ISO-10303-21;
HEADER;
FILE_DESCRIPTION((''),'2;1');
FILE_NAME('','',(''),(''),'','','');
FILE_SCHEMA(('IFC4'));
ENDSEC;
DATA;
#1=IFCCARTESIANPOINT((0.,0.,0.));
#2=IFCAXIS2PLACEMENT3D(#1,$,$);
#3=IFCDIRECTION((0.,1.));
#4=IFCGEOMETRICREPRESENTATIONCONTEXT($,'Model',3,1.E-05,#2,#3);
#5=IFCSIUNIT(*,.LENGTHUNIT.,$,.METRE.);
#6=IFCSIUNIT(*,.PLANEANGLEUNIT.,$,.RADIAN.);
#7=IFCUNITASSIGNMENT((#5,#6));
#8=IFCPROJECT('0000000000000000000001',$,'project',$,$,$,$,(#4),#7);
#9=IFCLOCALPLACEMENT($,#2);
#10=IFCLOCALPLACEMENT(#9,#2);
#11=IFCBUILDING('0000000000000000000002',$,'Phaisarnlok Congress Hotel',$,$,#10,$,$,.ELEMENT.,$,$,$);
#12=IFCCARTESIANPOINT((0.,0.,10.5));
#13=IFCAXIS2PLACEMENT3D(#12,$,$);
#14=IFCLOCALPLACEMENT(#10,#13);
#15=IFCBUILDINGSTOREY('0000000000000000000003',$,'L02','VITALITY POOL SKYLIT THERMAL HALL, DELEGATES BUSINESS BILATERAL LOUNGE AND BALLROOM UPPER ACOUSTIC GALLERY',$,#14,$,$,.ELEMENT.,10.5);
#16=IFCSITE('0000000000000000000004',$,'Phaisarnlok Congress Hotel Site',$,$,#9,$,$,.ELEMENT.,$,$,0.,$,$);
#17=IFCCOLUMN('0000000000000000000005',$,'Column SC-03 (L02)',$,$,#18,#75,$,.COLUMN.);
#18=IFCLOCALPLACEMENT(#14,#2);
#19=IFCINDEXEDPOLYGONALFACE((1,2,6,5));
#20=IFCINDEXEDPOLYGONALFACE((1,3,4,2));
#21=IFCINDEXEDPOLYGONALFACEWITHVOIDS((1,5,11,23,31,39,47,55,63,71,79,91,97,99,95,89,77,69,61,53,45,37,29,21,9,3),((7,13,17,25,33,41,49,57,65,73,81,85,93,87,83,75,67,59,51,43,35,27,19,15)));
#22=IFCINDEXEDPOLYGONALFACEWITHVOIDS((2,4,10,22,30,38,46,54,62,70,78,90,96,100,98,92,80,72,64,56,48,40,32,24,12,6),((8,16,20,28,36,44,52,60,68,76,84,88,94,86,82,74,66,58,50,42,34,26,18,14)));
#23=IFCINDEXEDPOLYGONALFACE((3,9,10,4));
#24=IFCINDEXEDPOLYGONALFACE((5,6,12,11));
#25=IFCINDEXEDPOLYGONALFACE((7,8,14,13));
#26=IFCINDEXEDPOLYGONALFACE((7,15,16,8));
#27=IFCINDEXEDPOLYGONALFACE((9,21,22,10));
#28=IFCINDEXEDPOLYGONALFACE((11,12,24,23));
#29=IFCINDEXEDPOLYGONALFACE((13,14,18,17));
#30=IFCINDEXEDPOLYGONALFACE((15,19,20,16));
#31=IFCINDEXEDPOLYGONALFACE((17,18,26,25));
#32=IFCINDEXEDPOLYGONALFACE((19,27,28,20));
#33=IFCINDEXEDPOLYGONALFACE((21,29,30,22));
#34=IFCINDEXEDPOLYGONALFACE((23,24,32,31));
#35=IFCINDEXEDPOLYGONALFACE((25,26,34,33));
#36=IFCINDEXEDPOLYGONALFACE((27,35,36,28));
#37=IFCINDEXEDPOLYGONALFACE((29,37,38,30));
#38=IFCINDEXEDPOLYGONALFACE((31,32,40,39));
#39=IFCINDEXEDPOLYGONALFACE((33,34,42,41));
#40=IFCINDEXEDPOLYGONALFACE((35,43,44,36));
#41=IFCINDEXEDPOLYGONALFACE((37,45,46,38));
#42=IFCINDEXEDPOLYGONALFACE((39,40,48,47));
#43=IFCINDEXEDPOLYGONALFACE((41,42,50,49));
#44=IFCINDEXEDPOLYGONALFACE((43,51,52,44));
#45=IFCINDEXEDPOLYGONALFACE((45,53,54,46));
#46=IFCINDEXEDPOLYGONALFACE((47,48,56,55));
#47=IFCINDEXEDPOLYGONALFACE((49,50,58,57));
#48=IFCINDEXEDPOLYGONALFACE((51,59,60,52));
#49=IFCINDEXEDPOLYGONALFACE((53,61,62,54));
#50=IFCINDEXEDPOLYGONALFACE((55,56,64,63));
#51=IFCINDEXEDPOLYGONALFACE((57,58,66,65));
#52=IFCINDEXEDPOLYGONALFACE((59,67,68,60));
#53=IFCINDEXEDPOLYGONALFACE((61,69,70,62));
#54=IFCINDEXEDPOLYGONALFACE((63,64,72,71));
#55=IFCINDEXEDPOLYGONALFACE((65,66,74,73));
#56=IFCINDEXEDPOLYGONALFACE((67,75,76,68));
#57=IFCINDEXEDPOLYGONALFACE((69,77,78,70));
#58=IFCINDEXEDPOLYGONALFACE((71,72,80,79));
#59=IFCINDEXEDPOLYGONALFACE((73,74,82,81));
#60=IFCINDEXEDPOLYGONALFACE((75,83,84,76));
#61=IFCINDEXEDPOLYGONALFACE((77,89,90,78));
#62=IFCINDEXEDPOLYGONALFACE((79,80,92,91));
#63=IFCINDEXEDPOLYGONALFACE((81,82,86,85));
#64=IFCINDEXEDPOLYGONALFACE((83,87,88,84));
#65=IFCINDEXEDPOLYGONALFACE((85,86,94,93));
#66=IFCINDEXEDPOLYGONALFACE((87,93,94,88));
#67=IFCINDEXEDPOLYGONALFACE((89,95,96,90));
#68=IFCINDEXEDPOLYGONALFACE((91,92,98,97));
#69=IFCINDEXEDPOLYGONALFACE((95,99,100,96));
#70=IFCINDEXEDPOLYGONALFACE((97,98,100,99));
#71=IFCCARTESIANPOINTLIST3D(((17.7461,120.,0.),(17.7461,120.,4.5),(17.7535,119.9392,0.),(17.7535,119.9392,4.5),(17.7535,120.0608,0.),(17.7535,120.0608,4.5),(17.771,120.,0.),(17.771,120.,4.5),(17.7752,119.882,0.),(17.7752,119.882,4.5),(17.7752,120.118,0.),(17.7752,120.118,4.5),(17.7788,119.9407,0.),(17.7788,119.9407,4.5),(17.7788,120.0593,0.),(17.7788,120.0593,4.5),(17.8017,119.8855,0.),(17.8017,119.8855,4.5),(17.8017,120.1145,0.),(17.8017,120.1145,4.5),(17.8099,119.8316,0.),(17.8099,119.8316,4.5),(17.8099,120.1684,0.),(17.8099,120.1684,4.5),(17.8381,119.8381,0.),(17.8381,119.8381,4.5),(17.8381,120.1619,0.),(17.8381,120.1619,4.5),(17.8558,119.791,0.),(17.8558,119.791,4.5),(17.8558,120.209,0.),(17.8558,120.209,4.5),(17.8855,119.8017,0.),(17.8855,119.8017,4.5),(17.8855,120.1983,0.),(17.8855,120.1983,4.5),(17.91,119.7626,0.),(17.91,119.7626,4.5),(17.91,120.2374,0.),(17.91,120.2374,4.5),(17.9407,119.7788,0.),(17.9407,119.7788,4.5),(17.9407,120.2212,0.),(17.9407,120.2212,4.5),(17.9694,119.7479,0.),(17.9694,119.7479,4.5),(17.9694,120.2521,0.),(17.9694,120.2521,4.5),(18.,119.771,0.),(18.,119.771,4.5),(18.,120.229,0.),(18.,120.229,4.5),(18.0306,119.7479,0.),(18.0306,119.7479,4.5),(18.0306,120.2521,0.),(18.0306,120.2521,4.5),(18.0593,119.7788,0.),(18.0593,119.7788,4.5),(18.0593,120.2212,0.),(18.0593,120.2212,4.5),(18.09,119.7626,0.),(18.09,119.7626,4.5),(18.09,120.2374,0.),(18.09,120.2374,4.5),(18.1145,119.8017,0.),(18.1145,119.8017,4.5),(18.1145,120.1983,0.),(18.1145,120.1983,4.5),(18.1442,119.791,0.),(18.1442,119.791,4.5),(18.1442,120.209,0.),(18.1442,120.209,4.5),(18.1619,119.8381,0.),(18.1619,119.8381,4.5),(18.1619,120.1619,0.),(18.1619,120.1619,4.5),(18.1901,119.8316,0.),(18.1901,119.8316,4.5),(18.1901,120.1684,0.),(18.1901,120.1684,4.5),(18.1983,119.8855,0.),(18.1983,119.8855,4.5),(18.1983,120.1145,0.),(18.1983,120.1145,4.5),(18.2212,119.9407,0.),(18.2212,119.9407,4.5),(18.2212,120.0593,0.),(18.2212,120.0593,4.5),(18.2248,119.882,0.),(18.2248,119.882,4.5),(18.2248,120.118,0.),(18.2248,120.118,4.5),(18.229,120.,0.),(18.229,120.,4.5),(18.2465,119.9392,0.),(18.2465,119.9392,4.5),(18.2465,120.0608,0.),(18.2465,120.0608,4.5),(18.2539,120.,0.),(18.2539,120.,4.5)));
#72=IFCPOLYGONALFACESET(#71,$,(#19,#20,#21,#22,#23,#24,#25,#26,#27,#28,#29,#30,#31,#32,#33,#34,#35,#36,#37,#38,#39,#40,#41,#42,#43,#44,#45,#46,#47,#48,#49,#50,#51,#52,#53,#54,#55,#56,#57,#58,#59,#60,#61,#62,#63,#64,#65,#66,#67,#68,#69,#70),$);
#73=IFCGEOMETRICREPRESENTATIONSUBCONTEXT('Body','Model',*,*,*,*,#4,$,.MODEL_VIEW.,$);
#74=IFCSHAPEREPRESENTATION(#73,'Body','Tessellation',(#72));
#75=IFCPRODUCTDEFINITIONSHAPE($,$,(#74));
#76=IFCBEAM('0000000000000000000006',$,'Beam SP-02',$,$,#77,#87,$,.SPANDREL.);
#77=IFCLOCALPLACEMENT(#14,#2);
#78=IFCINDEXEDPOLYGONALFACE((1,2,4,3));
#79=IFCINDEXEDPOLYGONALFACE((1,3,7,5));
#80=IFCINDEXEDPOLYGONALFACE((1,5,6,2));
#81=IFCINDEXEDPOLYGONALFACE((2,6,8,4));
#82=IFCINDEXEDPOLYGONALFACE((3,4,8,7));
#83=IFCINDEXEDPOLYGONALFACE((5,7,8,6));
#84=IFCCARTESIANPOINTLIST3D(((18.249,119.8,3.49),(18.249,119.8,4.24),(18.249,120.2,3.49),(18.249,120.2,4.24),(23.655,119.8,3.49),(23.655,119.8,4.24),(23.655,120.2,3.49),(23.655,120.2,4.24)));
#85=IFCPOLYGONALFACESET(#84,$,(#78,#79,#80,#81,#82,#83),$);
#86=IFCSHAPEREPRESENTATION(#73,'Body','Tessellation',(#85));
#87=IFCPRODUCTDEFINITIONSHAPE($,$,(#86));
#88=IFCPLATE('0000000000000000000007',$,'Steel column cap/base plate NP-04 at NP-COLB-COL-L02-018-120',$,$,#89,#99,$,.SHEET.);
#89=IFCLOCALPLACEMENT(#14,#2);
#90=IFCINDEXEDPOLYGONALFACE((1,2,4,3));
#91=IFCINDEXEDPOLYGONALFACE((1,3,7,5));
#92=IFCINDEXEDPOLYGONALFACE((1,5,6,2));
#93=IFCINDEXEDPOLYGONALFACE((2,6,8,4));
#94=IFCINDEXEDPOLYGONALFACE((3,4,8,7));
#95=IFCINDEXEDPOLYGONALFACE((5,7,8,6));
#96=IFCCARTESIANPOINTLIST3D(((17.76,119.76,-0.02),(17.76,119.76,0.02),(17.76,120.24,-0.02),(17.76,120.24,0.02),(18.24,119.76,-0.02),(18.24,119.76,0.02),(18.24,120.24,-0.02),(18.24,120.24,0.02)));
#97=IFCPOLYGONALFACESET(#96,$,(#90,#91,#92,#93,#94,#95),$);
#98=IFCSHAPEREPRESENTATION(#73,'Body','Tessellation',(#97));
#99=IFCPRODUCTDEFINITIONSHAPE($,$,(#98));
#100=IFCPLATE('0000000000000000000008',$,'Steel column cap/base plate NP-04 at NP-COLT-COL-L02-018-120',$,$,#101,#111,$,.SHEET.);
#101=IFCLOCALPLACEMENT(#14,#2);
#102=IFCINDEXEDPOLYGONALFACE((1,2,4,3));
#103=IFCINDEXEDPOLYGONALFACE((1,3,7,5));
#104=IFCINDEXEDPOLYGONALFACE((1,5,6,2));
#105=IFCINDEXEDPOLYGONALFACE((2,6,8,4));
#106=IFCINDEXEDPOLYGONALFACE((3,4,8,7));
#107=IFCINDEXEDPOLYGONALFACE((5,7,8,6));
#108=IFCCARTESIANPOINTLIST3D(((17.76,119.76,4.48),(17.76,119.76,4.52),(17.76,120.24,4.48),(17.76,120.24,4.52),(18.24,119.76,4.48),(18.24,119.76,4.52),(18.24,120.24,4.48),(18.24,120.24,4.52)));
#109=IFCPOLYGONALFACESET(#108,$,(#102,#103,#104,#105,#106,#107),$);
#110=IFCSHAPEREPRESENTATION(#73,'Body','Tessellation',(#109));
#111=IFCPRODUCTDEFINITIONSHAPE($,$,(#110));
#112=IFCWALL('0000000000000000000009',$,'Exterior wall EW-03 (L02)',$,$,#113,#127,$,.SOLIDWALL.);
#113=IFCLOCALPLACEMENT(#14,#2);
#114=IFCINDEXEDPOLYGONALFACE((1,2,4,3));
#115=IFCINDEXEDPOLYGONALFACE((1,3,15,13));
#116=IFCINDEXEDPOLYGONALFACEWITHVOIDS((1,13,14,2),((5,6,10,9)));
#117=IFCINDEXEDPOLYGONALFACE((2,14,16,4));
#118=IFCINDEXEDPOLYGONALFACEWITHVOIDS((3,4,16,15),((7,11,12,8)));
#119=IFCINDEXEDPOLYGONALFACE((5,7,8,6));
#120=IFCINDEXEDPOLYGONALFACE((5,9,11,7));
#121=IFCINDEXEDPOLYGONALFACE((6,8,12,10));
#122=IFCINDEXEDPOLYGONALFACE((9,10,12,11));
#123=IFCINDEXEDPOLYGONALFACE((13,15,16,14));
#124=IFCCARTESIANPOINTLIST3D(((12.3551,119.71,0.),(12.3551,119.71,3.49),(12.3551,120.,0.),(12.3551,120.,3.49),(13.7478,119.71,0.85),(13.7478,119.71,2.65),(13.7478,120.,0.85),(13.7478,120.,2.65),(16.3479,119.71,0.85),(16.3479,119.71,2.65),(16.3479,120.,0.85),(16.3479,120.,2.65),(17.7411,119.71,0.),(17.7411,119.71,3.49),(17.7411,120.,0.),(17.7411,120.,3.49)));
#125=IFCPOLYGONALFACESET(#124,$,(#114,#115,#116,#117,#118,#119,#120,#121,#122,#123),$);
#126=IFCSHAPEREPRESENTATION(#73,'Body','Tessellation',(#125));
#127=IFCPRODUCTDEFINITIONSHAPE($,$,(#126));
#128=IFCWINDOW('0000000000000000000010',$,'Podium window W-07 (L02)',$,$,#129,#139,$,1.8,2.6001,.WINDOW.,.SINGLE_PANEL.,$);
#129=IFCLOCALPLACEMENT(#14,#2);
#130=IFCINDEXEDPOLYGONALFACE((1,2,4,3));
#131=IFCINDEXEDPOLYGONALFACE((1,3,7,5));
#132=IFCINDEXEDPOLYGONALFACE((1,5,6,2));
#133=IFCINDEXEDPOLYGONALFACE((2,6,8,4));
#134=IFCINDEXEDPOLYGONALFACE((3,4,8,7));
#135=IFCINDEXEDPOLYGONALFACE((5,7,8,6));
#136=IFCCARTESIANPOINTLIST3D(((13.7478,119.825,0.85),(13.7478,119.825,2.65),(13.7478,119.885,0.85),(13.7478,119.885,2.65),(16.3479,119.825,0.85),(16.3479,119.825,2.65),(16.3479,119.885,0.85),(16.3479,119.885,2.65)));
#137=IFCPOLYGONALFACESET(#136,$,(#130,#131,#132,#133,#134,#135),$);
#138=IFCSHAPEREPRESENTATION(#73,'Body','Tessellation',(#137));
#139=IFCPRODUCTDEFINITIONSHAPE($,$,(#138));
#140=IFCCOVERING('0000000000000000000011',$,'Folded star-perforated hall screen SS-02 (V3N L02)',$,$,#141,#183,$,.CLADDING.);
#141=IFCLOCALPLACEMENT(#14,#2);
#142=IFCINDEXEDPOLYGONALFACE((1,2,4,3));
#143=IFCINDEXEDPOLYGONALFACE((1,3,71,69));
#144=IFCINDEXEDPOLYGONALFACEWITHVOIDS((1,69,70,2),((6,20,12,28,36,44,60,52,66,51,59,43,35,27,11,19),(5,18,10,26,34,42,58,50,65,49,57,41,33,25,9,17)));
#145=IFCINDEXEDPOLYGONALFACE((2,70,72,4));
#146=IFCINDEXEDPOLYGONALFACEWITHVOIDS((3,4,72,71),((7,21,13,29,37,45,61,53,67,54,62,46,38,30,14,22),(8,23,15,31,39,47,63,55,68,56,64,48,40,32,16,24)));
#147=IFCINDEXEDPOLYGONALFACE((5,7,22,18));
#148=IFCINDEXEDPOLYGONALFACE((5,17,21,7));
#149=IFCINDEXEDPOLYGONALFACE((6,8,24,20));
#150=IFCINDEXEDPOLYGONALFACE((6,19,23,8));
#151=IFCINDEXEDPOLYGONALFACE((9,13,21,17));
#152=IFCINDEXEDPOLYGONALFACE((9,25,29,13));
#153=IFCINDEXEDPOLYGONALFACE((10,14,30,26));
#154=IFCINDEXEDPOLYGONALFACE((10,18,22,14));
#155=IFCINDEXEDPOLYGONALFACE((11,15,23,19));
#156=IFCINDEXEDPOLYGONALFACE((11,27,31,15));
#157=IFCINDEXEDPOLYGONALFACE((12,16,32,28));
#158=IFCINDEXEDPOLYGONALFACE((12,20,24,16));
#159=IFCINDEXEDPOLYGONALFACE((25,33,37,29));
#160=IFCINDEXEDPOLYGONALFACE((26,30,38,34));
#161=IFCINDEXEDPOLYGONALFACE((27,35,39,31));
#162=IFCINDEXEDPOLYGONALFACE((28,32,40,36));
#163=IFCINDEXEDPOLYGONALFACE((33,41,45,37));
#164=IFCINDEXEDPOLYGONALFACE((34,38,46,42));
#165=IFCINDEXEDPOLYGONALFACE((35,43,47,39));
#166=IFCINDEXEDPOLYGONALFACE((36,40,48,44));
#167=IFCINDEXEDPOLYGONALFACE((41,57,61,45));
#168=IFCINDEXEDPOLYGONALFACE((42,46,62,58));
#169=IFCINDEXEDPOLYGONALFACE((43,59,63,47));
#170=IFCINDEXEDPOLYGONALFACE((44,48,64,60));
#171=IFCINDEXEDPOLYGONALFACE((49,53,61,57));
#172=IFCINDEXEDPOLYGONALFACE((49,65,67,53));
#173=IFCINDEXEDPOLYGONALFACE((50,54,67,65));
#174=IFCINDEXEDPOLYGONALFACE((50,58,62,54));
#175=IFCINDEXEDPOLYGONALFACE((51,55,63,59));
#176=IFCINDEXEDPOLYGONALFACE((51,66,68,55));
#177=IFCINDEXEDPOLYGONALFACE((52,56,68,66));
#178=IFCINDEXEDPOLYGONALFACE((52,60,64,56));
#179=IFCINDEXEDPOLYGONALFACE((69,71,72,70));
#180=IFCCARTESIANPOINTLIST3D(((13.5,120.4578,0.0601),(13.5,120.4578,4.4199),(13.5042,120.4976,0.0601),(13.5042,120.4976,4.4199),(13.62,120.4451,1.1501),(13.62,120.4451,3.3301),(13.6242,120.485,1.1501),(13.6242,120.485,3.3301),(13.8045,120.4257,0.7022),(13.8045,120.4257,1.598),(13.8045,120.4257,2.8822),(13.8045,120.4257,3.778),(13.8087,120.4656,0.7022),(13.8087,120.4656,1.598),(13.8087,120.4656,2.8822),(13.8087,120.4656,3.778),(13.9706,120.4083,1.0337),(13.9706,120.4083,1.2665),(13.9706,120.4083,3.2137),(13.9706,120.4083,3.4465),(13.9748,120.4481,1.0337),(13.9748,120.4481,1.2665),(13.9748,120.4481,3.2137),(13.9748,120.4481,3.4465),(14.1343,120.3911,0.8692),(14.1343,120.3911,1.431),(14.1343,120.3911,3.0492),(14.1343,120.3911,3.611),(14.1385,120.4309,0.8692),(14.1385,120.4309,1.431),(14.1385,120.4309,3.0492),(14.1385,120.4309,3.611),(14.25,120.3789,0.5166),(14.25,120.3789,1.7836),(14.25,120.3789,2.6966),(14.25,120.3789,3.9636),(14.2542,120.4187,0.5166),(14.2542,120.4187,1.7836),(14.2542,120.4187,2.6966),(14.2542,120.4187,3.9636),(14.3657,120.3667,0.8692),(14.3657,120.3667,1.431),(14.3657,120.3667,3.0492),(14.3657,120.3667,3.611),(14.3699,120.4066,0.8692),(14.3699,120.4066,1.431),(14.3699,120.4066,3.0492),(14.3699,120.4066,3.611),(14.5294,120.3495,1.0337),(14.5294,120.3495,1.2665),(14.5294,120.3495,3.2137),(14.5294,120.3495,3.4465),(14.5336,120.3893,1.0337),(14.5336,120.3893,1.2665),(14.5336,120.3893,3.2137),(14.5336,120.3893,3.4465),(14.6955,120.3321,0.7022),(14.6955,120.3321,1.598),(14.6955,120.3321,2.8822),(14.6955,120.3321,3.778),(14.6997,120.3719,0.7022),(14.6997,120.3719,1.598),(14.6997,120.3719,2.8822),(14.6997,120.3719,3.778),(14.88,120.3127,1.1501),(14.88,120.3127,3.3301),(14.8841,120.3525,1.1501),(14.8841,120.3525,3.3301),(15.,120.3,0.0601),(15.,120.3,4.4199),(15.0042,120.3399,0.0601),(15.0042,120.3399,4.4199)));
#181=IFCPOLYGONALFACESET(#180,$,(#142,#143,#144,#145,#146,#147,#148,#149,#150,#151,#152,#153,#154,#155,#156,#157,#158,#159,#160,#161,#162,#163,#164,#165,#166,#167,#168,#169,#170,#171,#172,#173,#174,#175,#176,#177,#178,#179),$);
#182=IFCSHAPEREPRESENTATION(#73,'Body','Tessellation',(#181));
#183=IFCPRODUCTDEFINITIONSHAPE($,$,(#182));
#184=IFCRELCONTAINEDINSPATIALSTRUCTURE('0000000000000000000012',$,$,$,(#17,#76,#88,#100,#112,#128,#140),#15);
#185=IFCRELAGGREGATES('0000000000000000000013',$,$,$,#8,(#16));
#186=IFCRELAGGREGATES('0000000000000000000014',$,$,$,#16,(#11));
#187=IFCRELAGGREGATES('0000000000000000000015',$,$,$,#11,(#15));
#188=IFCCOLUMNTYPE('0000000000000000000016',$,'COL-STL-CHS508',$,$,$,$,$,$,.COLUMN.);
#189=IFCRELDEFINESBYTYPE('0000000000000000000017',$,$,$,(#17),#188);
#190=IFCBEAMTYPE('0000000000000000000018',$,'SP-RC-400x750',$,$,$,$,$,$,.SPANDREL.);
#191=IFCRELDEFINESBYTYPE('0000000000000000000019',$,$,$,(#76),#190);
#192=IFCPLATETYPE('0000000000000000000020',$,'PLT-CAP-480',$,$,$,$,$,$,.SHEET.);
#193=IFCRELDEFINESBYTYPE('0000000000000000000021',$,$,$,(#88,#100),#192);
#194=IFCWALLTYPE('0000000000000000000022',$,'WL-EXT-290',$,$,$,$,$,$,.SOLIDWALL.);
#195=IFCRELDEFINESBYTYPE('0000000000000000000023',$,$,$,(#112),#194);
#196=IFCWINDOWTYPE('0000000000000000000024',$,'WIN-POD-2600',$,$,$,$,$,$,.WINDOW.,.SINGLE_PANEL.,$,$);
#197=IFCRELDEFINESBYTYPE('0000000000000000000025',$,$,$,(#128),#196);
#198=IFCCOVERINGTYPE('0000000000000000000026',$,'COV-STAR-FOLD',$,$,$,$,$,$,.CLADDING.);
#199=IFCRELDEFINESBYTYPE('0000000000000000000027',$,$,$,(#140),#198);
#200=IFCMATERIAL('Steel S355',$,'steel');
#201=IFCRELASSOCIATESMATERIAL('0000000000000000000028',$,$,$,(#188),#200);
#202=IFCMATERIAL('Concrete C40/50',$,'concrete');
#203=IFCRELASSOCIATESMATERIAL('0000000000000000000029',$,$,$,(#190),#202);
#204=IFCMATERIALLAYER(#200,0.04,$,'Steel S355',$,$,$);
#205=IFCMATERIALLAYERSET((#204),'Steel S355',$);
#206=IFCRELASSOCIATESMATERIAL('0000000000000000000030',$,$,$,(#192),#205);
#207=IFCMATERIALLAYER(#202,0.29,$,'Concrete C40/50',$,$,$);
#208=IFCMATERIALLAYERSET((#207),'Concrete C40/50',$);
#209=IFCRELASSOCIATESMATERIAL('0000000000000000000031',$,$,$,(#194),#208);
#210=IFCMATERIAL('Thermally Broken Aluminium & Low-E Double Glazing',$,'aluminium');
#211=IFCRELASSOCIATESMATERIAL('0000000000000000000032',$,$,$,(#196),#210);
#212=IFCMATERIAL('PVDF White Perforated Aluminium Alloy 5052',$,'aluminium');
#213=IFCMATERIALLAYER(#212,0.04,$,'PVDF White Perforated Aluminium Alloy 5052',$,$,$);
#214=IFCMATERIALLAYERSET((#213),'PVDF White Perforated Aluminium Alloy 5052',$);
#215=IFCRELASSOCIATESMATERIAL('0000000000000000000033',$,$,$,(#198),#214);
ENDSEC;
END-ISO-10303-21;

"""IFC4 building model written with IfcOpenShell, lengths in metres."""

from ifc_helpers import new_model, si_unit, direction, frame, frame_2d, origin, origin_2d, place, context, subcontext, project, spatial, polyline, rectangle, hollow_circle, outline, extrude, material, layer, layer_set, material_profile, profile_set, type_object, element, fill, save


model = new_model("IFC4")

# Units and contexts
model_context = context("Model", 3, precision=1e-05, world=origin(), true_north=direction((0.0, 1.0)))
body_context = subcontext(model_context, "Body", "Model", "MODEL_VIEW")
ifc_project = project(units=[si_unit("LENGTHUNIT", "METRE"), si_unit("PLANEANGLEUNIT", "RADIAN")], contexts=[model_context])

# Site, building, storey
site_placement = place(None, origin())
site = spatial("IfcSite", under=ifc_project, at=site_placement, Name="Phaisarnlok Congress Hotel Site", CompositionType="ELEMENT", RefElevation=0.0)
building_placement = place(site_placement, origin())
building = spatial("IfcBuilding", under=site, at=building_placement, Name="Phaisarnlok Congress Hotel", CompositionType="ELEMENT")
storey_placement = place(building_placement, frame((0.0, 0.0, 10.5)))
storey = spatial("IfcBuildingStorey", under=building, at=storey_placement, Name="L02", Description="VITALITY POOL SKYLIT THERMAL HALL, DELEGATES BUSINESS BILATERAL LOUNGE AND BALLROOM UPPER ACOUSTIC GALLERY", CompositionType="ELEMENT", Elevation=10.5)

# Column
ifc_material_1 = material(Name="Steel S355", Category="steel")
ifc_material_profile_1 = material_profile(ifc_material_1, hollow_circle(Radius=0.2539, WallThickness=0.0249, at=origin_2d()), Name="CHS 508x25")
ifc_profile_set_1 = profile_set([ifc_material_profile_1], Name="Steel S355")
column_type = type_object("IfcColumnType", Name="COL-STL-CHS508", PredefinedType="COLUMN", material=ifc_profile_set_1)
column_placement = place(storey_placement, frame((18.0, 120.0, 0.0), z_axis=(0.0, 0.0, 1.0), x_axis=(1.0, 0.0, 0.0)))
element("IfcColumn", 1, at=column_placement, inside=storey, type_object=column_type, Name="Column SC-03 (L02)", PredefinedType="COLUMN", context=body_context, shape_type="SweptSolid", body=[
    extrude(hollow_circle(Radius=0.2539, WallThickness=0.0249, at=origin_2d()), origin(), (0.0, 0.0, 1.0), 4.5),
])

# Beam
ifc_material_2 = material(Name="Concrete C40/50", Category="concrete")
ifc_material_profile_2 = material_profile(ifc_material_2, rectangle(XDim=0.3999, YDim=0.75, at=origin_2d()), Name="RC 400x750")
ifc_profile_set_2 = profile_set([ifc_material_profile_2], Name="Concrete C40/50")
beam_type = type_object("IfcBeamType", Name="SP-RC-400x750", PredefinedType="SPANDREL", material=ifc_profile_set_2)
beam_placement = place(storey_placement, frame((18.249, 120.0, 3.865), z_axis=(1.0, 0.0, 0.0), x_axis=(0.0, 1.0, 0.0)))
element("IfcBeam", 2, at=beam_placement, inside=storey, type_object=beam_type, Name="Beam SP-02", PredefinedType="SPANDREL", context=body_context, shape_type="SweptSolid", body=[
    extrude(rectangle(XDim=0.3999, YDim=0.75, at=origin_2d()), origin(), (0.0, 0.0, 1.0), 5.406),
])

# Plates
ifc_layer_1 = layer(ifc_material_1, 0.04, Name="Steel S355")
ifc_layer_set_1 = layer_set([ifc_layer_1], Name="Steel S355")
plate_type = type_object("IfcPlateType", Name="PLT-CAP-480", PredefinedType="SHEET", material=ifc_layer_set_1)
for number, where, z_axis, x_axis, name in (
    (3, (18.0, 120.0, -0.02), (0.0, 0.0, 1.0), (1.0, 0.0, 0.0), "Steel column cap/base plate NP-04 at NP-COLB-COL-L02-018-120"),
    (4, (18.0, 120.0, 4.48), (0.0, 0.0, 1.0), (1.0, 0.0, 0.0), "Steel column cap/base plate NP-04 at NP-COLT-COL-L02-018-120"),
):
    element("IfcPlate", number, at=place(storey_placement, frame(where, z_axis=z_axis, x_axis=x_axis)), inside=storey, type_object=plate_type, Name=name, PredefinedType="SHEET", context=body_context, shape_type="SweptSolid", body=[
        extrude(rectangle(XDim=0.48, YDim=0.48, at=origin_2d()), origin(), (0.0, 0.0, 1.0), 0.04),
    ])

# Wall, opening, window
ifc_layer_2 = layer(ifc_material_2, 0.29, Name="Concrete C40/50")
ifc_layer_set_2 = layer_set([ifc_layer_2], Name="Concrete C40/50")
wall_type = type_object("IfcWallType", Name="WL-EXT-290", PredefinedType="SOLIDWALL", material=ifc_layer_set_2)
wall_placement = place(storey_placement, frame((17.741, 119.855, 0.0), z_axis=(0.0, 0.0, 1.0), x_axis=(-1.0, 0.0, 0.0)))
wall = element("IfcWall", 5, at=wall_placement, inside=storey, type_object=wall_type, Name="Exterior wall EW-03 (L02)", PredefinedType="SOLIDWALL", context=body_context, shape_type="SweptSolid", body=[
    extrude(rectangle(XDim=5.386, YDim=0.29, at=frame_2d((2.6929, 0.0))), origin(), (0.0, 0.0, 1.0), 3.49),
])
opening_placement = place(wall_placement, frame((1.3931, 0.0, 0.8501)))
opening = element("IfcOpeningElement", 6, at=opening_placement, cuts=wall, PredefinedType="OPENING", context=body_context, shape_type="SweptSolid", body=[
    extrude(rectangle(XDim=2.6001, YDim=1.8, at=frame_2d((1.3, 0.8999))), frame((0.0, 0.155, 0.0), z_axis=(0.0, -1.0, 0.0), x_axis=(1.0, 0.0, 0.0)), (0.0, 0.0, 1.0), 0.3101),
])
ifc_material_3 = material(Name="Thermally Broken Aluminium & Low-E Double Glazing", Category="aluminium")
window_type = type_object("IfcWindowType", Name="WIN-POD-2600", PartitioningType="SINGLE_PANEL", PredefinedType="WINDOW", material=ifc_material_3)
window_placement = place(opening_placement, origin())
window = element("IfcWindow", 7, at=window_placement, inside=storey, type_object=window_type, Name="Podium window W-07 (L02)", OverallHeight=1.8, OverallWidth=2.6001, PartitioningType="SINGLE_PANEL", PredefinedType="WINDOW", context=body_context, shape_type="SweptSolid", body=[
    extrude(rectangle(XDim=2.6001, YDim=1.8, at=frame_2d((1.3, 0.8999))), frame((0.0, 0.03, 0.0), z_axis=(0.0, -1.0, 0.0), x_axis=(1.0, 0.0, 0.0)), (0.0, 0.0, 1.0), 0.0601),
])
fill(opening, window)

# Covering
ifc_material_4 = material(Name="PVDF White Perforated Aluminium Alloy 5052", Category="aluminium")
ifc_layer_3 = layer(ifc_material_4, 0.04, Name="PVDF White Perforated Aluminium Alloy 5052")
ifc_layer_set_3 = layer_set([ifc_layer_3], Name="PVDF White Perforated Aluminium Alloy 5052")
covering_type = type_object("IfcCoveringType", Name="COV-STAR-FOLD", PredefinedType="CLADDING", material=ifc_layer_set_3)
for number, where, z_axis, x_axis, name in (
    (8, (15.0, 120.3, 0.0601), (0.104567, 0.994518, 0.0), (-0.994518, 0.104567, 0.0), "Folded star-perforated hall screen SS-02 (V3N L02)"),
):
    element("IfcCovering", number, at=place(storey_placement, frame(where, z_axis=z_axis, x_axis=x_axis)), inside=storey, type_object=covering_type, Name=name, PredefinedType="CLADDING", context=body_context, shape_type="SweptSolid", body=[
        extrude(outline(polyline([(0.0, 0.0), (1.5083, 0.0), (1.5083, 4.3599), (0.0, 4.3599), (0.0, 0.0)]), holes=[polyline([(1.0351, 0.9736), (1.2021, 0.6421), (0.8705, 0.8091), (0.7541, 0.4565), (0.6378, 0.8091), (0.3062, 0.6421), (0.4732, 0.9736), (0.1207, 1.09), (0.4732, 1.2064), (0.3062, 1.5379), (0.6378, 1.3709), (0.7541, 1.7235), (0.8705, 1.3709), (1.2021, 1.5379), (1.0351, 1.2064), (1.3876, 1.09), (1.0351, 0.9736)]), polyline([(1.0351, 3.1536), (1.2021, 2.8221), (0.8705, 2.9891), (0.7541, 2.6365), (0.6378, 2.9891), (0.3062, 2.8221), (0.4732, 3.1536), (0.1207, 3.27), (0.4732, 3.3864), (0.3062, 3.7179), (0.6378, 3.5509), (0.7541, 3.9035), (0.8705, 3.5509), (1.2021, 3.7179), (1.0351, 3.3864), (1.3876, 3.27), (1.0351, 3.1536)])]), origin(), (0.0, 0.0, 1.0), 0.04),
    ])

save(model, "model.ifc")
